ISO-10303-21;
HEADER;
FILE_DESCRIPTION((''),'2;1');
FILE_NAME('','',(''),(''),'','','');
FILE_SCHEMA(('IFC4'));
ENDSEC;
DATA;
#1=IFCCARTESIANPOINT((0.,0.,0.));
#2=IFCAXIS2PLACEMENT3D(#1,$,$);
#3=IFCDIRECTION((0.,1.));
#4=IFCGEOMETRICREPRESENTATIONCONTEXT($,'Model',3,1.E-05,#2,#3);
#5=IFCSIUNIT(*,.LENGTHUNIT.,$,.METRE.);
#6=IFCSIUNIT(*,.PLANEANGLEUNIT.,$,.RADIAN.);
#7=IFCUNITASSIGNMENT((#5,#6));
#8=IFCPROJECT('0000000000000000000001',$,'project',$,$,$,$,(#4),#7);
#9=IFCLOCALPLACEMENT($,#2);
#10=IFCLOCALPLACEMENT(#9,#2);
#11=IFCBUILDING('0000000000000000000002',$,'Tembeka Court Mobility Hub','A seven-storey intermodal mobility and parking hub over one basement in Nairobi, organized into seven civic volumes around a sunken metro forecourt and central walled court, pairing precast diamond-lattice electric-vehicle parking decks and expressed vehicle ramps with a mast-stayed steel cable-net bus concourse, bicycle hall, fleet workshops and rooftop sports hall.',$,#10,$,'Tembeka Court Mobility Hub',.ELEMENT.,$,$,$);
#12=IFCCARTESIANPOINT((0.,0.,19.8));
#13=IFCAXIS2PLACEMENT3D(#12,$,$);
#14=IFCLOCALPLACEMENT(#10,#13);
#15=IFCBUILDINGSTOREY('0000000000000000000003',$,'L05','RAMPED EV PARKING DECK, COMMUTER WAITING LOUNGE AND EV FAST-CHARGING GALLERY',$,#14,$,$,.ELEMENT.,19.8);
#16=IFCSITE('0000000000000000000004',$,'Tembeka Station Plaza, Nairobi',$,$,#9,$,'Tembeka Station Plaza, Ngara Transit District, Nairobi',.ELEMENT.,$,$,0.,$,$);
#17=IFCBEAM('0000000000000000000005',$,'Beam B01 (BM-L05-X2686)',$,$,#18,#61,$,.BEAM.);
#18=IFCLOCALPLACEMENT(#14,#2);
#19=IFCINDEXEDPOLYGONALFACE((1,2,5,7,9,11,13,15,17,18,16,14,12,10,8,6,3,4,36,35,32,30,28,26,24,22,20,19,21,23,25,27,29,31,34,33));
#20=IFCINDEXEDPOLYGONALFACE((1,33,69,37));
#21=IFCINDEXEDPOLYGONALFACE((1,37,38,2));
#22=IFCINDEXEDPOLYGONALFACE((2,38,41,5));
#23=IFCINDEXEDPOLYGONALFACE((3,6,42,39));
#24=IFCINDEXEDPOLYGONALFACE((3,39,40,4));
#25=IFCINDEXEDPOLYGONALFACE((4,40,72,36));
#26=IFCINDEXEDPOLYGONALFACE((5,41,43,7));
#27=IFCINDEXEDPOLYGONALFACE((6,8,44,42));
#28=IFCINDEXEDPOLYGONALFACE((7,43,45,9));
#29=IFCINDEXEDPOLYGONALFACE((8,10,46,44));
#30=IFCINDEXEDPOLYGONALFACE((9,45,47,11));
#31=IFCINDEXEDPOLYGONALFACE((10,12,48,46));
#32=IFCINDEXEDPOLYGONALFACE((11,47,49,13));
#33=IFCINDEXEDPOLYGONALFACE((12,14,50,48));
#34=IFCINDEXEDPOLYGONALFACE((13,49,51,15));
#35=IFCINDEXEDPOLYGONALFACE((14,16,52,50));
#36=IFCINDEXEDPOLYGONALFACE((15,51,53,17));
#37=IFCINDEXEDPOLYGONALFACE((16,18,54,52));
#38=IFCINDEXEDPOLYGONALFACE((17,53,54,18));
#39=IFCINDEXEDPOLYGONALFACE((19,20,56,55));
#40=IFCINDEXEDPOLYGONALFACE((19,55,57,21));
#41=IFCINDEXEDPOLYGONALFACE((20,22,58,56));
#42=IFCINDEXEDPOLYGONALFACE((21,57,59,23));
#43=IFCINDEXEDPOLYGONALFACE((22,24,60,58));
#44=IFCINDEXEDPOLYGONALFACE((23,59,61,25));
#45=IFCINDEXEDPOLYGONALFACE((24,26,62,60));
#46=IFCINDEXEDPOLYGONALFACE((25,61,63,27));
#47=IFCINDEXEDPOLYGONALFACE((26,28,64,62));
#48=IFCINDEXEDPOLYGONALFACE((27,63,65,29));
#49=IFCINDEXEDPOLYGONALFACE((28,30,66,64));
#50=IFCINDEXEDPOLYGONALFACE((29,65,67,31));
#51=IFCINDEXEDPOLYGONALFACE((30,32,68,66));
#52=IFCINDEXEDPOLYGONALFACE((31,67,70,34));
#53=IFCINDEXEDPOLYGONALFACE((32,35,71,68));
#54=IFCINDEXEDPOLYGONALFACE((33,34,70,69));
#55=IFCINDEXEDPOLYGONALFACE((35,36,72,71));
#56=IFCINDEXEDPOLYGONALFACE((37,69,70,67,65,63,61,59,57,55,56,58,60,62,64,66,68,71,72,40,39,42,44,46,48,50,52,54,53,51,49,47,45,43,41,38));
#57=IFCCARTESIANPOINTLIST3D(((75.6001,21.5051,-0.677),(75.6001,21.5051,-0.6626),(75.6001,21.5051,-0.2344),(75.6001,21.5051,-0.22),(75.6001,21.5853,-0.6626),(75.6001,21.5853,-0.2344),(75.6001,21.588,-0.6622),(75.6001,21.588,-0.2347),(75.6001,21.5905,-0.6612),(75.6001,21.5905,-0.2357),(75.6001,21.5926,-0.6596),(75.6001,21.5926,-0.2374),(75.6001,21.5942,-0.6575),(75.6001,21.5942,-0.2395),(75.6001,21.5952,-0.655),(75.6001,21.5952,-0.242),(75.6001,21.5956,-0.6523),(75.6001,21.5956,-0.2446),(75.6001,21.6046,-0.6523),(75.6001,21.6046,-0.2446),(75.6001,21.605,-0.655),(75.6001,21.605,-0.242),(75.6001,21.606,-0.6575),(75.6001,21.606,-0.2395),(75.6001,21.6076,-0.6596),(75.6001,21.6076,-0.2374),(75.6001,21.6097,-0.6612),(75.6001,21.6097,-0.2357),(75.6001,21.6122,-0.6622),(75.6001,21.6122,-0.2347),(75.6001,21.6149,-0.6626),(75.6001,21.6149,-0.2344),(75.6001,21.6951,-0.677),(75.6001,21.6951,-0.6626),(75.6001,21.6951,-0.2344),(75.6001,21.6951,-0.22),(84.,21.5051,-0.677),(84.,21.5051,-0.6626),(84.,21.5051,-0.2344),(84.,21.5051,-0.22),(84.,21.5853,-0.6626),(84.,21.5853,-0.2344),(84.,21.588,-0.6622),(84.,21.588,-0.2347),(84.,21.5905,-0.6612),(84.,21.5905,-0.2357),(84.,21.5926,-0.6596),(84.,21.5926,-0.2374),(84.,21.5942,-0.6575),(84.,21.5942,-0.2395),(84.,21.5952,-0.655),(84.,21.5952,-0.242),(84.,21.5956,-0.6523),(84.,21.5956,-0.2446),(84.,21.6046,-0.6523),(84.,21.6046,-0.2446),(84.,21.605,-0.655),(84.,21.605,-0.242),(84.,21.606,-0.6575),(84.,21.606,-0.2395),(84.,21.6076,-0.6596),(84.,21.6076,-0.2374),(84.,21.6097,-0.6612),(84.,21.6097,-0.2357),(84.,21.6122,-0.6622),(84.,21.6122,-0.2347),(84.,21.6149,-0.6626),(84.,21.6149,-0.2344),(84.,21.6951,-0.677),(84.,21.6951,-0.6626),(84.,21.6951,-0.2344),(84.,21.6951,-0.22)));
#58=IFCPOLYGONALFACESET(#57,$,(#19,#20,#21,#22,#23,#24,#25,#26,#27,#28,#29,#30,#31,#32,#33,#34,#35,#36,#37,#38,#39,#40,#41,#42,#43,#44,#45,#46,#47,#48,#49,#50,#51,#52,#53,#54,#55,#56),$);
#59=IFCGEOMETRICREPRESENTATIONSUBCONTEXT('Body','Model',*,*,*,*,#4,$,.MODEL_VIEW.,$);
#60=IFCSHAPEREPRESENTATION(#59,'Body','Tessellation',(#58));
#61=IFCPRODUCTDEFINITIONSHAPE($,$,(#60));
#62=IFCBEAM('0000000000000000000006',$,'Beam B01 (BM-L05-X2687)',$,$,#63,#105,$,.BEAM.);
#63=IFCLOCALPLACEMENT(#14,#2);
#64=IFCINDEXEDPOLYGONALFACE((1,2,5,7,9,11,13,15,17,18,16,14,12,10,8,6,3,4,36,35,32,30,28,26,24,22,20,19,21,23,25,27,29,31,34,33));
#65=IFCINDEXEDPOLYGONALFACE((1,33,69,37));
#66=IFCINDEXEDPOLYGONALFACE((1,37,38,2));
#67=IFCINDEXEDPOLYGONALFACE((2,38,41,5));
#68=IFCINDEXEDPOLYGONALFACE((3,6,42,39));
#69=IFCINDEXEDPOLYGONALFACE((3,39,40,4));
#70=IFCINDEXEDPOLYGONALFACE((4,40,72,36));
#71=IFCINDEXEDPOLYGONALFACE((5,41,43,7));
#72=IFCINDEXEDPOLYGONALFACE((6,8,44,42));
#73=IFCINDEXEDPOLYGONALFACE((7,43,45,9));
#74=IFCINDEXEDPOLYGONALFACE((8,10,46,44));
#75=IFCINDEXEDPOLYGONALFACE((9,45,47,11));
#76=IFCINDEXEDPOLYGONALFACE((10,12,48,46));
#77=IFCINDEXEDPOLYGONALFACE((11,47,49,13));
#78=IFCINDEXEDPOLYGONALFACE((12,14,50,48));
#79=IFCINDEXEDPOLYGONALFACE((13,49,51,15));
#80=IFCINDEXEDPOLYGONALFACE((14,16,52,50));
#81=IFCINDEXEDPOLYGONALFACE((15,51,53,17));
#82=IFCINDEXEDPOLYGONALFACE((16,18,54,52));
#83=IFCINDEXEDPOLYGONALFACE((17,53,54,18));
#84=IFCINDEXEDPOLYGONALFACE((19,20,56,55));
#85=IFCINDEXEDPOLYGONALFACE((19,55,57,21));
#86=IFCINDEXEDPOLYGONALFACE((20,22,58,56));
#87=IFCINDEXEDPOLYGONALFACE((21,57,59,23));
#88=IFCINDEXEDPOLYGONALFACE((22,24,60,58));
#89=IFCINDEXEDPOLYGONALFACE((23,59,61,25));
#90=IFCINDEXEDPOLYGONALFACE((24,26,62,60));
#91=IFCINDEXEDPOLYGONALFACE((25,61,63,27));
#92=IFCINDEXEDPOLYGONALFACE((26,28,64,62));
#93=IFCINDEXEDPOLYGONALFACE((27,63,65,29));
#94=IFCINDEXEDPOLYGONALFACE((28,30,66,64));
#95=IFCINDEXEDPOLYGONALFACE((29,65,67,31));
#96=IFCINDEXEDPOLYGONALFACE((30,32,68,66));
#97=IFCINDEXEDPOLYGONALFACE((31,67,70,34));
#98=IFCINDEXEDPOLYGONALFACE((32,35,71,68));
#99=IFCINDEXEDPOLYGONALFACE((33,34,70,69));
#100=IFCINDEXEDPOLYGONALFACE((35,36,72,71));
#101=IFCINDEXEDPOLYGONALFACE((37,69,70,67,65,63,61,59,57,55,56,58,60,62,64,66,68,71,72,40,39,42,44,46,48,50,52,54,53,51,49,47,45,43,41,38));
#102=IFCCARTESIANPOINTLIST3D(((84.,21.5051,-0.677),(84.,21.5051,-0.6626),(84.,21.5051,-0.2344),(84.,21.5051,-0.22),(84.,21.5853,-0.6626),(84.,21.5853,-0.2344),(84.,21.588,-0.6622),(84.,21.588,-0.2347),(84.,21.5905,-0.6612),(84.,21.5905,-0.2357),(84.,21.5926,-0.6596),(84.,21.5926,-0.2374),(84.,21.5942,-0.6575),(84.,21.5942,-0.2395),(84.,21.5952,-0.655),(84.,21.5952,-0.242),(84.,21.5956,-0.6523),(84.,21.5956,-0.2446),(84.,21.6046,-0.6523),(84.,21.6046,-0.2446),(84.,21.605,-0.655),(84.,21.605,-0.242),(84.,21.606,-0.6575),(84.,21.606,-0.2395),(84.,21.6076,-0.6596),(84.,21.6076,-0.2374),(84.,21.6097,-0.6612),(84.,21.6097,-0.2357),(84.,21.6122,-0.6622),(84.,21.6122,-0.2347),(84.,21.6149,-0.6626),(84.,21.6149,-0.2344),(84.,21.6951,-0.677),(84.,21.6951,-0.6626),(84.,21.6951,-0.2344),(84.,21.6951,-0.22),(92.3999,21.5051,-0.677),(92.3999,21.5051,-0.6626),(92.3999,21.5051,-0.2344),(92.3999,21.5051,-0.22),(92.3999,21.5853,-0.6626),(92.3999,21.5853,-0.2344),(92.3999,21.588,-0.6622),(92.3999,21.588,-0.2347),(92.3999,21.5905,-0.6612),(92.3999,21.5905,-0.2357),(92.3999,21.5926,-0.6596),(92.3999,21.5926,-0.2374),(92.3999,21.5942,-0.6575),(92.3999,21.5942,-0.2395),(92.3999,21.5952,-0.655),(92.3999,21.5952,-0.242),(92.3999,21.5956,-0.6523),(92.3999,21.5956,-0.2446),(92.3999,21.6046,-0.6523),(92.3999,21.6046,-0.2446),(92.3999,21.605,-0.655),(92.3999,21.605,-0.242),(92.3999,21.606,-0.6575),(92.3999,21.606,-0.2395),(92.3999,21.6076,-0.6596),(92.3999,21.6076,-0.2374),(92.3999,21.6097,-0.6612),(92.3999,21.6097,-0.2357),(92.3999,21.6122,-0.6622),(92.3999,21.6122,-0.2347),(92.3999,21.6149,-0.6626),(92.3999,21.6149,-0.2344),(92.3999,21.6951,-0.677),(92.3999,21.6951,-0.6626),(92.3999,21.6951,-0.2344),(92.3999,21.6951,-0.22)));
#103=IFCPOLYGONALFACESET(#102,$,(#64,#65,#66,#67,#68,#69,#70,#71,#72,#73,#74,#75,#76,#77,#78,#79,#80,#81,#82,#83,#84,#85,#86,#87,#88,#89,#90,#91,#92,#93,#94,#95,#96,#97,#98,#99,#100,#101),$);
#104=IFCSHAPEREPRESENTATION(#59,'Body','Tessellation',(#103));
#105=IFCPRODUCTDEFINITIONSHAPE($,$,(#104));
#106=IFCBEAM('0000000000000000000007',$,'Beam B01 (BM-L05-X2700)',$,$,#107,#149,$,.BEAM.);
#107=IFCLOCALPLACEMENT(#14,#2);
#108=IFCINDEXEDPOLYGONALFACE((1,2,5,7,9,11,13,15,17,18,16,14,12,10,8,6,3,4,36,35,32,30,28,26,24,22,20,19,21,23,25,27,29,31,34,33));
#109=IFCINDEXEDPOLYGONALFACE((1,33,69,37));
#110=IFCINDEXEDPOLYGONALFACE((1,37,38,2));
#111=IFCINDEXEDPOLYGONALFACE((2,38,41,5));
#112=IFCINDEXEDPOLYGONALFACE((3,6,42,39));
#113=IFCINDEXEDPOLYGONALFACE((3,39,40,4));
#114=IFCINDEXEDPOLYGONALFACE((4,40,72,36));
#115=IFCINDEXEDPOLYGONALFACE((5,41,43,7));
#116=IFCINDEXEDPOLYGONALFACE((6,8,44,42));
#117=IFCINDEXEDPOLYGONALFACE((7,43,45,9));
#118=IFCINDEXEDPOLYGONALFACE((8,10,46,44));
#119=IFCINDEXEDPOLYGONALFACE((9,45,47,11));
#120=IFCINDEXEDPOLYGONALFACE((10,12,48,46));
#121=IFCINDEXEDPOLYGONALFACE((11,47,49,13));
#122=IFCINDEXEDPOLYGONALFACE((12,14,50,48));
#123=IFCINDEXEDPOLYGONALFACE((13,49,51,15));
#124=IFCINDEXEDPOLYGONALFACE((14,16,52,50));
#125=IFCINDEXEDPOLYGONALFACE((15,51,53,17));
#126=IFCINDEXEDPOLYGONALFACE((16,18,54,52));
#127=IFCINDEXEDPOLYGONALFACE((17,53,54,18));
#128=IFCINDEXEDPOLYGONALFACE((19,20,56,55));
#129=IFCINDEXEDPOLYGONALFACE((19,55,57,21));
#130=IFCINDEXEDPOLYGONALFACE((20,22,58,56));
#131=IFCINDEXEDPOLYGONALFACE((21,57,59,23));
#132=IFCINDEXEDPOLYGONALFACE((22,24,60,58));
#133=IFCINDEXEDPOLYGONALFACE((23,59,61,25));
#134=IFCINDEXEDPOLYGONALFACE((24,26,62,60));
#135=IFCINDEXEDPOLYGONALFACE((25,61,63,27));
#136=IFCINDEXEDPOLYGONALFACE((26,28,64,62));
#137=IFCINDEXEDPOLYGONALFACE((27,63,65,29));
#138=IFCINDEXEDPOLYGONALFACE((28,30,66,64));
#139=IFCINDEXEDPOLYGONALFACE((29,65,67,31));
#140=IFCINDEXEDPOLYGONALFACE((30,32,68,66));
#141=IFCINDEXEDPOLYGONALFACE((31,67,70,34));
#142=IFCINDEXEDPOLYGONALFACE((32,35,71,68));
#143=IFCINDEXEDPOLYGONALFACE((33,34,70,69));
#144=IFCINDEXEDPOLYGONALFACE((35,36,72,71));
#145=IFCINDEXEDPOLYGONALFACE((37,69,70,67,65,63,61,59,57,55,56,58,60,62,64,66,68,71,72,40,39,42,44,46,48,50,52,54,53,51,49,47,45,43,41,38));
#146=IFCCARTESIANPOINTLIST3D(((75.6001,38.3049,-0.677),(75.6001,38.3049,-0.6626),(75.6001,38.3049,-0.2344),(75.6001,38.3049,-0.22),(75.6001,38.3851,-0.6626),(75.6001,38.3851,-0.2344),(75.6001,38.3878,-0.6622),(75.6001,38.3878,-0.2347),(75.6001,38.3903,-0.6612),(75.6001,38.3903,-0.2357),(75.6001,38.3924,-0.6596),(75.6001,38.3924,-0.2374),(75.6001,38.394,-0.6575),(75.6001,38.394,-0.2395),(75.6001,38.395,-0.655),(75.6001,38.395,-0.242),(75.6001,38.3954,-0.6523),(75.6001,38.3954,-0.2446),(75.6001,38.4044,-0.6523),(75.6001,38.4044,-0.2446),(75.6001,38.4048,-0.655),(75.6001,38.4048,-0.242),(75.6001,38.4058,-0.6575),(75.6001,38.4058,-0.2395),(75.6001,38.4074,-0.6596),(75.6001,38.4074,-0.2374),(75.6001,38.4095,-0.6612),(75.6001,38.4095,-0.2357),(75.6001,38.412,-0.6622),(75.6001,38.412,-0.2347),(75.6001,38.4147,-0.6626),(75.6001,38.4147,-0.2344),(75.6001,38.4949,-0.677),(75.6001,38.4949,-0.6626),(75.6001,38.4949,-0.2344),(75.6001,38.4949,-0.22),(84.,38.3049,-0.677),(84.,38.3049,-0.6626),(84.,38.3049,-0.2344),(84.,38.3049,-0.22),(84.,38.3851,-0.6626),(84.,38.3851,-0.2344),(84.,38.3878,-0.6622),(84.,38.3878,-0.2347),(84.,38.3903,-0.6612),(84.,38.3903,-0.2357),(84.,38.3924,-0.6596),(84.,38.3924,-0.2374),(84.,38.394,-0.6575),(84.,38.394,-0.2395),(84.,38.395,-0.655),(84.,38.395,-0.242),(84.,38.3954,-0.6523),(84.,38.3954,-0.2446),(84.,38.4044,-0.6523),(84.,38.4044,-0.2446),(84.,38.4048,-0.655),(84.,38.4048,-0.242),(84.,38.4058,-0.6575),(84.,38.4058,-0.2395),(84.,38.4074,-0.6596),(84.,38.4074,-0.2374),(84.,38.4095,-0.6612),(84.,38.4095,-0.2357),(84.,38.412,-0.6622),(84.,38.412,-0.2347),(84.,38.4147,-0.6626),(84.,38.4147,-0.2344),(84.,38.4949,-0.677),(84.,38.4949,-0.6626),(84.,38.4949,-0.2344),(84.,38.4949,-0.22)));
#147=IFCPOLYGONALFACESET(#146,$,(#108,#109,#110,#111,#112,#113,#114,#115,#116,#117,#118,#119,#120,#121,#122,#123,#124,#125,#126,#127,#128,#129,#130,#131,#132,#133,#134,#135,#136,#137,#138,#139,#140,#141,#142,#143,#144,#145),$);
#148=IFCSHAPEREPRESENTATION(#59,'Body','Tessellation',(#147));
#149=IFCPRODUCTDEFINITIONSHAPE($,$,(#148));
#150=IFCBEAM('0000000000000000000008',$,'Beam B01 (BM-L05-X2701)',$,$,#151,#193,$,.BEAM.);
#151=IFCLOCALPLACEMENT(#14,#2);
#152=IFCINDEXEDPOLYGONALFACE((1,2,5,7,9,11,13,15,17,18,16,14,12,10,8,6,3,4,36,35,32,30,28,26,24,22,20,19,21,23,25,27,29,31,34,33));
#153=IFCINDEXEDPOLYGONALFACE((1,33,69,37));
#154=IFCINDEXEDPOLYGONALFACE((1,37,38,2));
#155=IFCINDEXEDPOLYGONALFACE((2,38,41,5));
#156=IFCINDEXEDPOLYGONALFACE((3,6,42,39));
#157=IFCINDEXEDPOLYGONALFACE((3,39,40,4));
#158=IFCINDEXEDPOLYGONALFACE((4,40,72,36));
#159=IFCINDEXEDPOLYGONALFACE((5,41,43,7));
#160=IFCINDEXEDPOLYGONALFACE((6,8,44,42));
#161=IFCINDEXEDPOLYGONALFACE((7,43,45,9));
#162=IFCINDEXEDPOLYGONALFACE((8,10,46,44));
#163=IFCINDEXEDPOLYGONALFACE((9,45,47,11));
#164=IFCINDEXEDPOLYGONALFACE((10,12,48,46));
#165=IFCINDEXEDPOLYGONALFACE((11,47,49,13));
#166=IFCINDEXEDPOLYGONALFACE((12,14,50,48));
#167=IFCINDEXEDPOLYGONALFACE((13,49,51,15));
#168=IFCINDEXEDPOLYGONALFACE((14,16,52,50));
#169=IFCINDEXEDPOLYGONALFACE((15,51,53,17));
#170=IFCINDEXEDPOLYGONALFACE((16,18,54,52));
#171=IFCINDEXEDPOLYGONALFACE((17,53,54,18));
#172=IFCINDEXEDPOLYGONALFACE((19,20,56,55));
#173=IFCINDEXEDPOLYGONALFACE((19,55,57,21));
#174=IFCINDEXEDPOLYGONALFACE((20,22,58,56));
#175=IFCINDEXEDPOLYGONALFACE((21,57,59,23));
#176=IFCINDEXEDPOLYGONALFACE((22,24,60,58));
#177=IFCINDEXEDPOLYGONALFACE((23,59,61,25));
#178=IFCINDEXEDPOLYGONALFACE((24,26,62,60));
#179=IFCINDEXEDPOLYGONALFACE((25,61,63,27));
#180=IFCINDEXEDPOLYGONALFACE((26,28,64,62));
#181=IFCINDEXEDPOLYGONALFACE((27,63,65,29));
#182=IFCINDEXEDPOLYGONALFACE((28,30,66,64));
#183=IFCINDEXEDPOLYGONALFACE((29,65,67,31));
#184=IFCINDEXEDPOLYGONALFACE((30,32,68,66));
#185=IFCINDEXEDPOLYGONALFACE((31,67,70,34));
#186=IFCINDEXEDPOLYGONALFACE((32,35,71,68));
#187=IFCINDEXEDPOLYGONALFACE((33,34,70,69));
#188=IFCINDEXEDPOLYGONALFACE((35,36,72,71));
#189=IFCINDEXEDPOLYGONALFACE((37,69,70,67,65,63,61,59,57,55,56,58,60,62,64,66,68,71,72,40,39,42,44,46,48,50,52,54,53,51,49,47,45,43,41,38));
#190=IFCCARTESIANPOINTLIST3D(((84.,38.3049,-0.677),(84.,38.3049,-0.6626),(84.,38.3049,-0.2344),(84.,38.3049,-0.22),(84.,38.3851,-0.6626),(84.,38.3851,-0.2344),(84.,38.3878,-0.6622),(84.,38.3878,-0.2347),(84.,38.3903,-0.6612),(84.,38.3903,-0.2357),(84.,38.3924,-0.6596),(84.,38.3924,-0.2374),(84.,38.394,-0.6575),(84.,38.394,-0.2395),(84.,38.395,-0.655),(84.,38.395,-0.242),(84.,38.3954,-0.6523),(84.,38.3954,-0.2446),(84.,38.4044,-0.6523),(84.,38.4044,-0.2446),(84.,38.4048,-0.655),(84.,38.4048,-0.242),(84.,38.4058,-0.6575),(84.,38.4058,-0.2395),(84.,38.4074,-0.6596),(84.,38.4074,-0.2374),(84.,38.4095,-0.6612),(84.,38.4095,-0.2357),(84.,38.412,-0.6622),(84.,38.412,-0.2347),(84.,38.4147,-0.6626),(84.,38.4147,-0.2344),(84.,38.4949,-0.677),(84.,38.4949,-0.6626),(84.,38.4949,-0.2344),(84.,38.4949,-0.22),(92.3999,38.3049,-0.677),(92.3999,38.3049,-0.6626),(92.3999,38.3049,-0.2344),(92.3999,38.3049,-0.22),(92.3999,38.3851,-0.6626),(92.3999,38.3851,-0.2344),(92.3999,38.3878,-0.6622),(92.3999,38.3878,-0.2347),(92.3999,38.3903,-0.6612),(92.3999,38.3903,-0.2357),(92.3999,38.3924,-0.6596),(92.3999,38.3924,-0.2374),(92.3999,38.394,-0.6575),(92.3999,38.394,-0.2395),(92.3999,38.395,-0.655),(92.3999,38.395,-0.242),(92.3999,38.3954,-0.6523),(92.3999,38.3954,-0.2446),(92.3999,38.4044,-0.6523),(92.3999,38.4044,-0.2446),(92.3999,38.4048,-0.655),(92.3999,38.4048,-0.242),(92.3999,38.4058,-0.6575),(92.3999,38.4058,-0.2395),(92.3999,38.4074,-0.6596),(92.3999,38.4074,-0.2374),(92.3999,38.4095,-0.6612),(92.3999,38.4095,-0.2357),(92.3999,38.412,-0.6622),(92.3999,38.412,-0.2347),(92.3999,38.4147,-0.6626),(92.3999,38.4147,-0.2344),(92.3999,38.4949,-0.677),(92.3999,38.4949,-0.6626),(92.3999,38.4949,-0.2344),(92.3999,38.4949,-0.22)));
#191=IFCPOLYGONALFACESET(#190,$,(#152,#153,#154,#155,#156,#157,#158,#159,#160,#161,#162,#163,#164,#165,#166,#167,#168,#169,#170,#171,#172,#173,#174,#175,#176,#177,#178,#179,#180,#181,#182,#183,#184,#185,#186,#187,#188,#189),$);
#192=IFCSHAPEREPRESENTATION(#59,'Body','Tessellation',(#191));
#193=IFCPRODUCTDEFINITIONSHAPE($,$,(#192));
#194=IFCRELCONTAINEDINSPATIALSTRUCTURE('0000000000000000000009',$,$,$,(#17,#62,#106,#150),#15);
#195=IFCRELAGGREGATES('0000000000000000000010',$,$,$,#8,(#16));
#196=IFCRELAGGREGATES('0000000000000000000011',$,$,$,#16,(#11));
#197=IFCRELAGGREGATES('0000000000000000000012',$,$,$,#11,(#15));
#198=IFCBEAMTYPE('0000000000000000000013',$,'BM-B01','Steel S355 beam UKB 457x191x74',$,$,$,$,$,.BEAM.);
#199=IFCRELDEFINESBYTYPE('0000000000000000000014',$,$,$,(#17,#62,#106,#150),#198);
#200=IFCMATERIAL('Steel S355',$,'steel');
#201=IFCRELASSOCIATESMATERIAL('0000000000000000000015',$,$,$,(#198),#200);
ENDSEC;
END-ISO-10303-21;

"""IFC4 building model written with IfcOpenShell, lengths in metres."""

from ifc_helpers import new_model, si_unit, direction, frame, origin, origin_2d, place, context, subcontext, project, spatial, i_section, extrude, material, material_profile, profile_set, type_object, element, save


model = new_model("IFC4")

# Units and contexts
model_context = context("Model", 3, precision=1e-05, world=origin(), true_north=direction((0.0, 1.0)))
body_context = subcontext(model_context, "Body", "Model", "MODEL_VIEW")
ifc_project = project(units=[si_unit("LENGTHUNIT", "METRE"), si_unit("PLANEANGLEUNIT", "RADIAN")], contexts=[model_context])

# Site, building, storey
site_placement = place(None, origin())
site = spatial("IfcSite", under=ifc_project, at=site_placement, Name="Tembeka Station Plaza, Nairobi", LongName="Tembeka Station Plaza, Ngara Transit District, Nairobi", CompositionType="ELEMENT", RefElevation=0.0)
building_placement = place(site_placement, origin())
building = spatial("IfcBuilding", under=site, at=building_placement, Name="Tembeka Court Mobility Hub", Description="A seven-storey intermodal mobility and parking hub over one basement in Nairobi, organized into seven civic volumes around a sunken metro forecourt and central walled court, pairing precast diamond-lattice electric-vehicle parking decks and expressed vehicle ramps with a mast-stayed steel cable-net bus concourse, bicycle hall, fleet workshops and rooftop sports hall.", LongName="Tembeka Court Mobility Hub", CompositionType="ELEMENT")
storey_placement = place(building_placement, frame((0.0, 0.0, 19.8)))
storey = spatial("IfcBuildingStorey", under=building, at=storey_placement, Name="L05", Description="RAMPED EV PARKING DECK, COMMUTER WAITING LOUNGE AND EV FAST-CHARGING GALLERY", CompositionType="ELEMENT", Elevation=19.8)

# Shared definitions
ifc_material_1 = material(Name="Steel S355", Category="steel")

# Beams
ifc_material_profile_1 = material_profile(ifc_material_1, i_section(OverallWidth=0.1899, OverallDepth=0.457, WebThickness=0.009, FlangeThickness=0.0144, FilletRadius=0.0103, at=origin_2d()), Name="UKB 457x191x74")
ifc_profile_set_1 = profile_set([ifc_material_profile_1], Name="Steel S355")
beam_type_1 = type_object("IfcBeamType", Name="BM-B01", Description="Steel S355 beam UKB 457x191x74", PredefinedType="BEAM", material=ifc_profile_set_1)
for number, where, z_axis, x_axis, name in (
    (1, (75.6001, 21.6001, -0.4485), (1.0, 0.0, 0.0), (0.0, 1.0, 0.0), "Beam B01 (BM-L05-X2686)"),
    (2, (84.0, 21.6001, -0.4485), (1.0, 0.0, 0.0), (0.0, 1.0, 0.0), "Beam B01 (BM-L05-X2687)"),
    (3, (75.6001, 38.3999, -0.4485), (1.0, 0.0, 0.0), (0.0, 1.0, 0.0), "Beam B01 (BM-L05-X2700)"),
    (4, (84.0, 38.3999, -0.4485), (1.0, 0.0, 0.0), (0.0, 1.0, 0.0), "Beam B01 (BM-L05-X2701)"),
):
    element("IfcBeam", number, at=place(storey_placement, frame(where, z_axis=z_axis, x_axis=x_axis)), inside=storey, type_object=beam_type_1, Name=name, PredefinedType="BEAM", context=body_context, shape_type="SweptSolid", body=[
        extrude(i_section(OverallWidth=0.1899, OverallDepth=0.457, WebThickness=0.009, FlangeThickness=0.0144, FilletRadius=0.0103, at=origin_2d()), origin(), (0.0, 0.0, 1.0), 8.3999),
    ])

save(model, "model.ifc")
